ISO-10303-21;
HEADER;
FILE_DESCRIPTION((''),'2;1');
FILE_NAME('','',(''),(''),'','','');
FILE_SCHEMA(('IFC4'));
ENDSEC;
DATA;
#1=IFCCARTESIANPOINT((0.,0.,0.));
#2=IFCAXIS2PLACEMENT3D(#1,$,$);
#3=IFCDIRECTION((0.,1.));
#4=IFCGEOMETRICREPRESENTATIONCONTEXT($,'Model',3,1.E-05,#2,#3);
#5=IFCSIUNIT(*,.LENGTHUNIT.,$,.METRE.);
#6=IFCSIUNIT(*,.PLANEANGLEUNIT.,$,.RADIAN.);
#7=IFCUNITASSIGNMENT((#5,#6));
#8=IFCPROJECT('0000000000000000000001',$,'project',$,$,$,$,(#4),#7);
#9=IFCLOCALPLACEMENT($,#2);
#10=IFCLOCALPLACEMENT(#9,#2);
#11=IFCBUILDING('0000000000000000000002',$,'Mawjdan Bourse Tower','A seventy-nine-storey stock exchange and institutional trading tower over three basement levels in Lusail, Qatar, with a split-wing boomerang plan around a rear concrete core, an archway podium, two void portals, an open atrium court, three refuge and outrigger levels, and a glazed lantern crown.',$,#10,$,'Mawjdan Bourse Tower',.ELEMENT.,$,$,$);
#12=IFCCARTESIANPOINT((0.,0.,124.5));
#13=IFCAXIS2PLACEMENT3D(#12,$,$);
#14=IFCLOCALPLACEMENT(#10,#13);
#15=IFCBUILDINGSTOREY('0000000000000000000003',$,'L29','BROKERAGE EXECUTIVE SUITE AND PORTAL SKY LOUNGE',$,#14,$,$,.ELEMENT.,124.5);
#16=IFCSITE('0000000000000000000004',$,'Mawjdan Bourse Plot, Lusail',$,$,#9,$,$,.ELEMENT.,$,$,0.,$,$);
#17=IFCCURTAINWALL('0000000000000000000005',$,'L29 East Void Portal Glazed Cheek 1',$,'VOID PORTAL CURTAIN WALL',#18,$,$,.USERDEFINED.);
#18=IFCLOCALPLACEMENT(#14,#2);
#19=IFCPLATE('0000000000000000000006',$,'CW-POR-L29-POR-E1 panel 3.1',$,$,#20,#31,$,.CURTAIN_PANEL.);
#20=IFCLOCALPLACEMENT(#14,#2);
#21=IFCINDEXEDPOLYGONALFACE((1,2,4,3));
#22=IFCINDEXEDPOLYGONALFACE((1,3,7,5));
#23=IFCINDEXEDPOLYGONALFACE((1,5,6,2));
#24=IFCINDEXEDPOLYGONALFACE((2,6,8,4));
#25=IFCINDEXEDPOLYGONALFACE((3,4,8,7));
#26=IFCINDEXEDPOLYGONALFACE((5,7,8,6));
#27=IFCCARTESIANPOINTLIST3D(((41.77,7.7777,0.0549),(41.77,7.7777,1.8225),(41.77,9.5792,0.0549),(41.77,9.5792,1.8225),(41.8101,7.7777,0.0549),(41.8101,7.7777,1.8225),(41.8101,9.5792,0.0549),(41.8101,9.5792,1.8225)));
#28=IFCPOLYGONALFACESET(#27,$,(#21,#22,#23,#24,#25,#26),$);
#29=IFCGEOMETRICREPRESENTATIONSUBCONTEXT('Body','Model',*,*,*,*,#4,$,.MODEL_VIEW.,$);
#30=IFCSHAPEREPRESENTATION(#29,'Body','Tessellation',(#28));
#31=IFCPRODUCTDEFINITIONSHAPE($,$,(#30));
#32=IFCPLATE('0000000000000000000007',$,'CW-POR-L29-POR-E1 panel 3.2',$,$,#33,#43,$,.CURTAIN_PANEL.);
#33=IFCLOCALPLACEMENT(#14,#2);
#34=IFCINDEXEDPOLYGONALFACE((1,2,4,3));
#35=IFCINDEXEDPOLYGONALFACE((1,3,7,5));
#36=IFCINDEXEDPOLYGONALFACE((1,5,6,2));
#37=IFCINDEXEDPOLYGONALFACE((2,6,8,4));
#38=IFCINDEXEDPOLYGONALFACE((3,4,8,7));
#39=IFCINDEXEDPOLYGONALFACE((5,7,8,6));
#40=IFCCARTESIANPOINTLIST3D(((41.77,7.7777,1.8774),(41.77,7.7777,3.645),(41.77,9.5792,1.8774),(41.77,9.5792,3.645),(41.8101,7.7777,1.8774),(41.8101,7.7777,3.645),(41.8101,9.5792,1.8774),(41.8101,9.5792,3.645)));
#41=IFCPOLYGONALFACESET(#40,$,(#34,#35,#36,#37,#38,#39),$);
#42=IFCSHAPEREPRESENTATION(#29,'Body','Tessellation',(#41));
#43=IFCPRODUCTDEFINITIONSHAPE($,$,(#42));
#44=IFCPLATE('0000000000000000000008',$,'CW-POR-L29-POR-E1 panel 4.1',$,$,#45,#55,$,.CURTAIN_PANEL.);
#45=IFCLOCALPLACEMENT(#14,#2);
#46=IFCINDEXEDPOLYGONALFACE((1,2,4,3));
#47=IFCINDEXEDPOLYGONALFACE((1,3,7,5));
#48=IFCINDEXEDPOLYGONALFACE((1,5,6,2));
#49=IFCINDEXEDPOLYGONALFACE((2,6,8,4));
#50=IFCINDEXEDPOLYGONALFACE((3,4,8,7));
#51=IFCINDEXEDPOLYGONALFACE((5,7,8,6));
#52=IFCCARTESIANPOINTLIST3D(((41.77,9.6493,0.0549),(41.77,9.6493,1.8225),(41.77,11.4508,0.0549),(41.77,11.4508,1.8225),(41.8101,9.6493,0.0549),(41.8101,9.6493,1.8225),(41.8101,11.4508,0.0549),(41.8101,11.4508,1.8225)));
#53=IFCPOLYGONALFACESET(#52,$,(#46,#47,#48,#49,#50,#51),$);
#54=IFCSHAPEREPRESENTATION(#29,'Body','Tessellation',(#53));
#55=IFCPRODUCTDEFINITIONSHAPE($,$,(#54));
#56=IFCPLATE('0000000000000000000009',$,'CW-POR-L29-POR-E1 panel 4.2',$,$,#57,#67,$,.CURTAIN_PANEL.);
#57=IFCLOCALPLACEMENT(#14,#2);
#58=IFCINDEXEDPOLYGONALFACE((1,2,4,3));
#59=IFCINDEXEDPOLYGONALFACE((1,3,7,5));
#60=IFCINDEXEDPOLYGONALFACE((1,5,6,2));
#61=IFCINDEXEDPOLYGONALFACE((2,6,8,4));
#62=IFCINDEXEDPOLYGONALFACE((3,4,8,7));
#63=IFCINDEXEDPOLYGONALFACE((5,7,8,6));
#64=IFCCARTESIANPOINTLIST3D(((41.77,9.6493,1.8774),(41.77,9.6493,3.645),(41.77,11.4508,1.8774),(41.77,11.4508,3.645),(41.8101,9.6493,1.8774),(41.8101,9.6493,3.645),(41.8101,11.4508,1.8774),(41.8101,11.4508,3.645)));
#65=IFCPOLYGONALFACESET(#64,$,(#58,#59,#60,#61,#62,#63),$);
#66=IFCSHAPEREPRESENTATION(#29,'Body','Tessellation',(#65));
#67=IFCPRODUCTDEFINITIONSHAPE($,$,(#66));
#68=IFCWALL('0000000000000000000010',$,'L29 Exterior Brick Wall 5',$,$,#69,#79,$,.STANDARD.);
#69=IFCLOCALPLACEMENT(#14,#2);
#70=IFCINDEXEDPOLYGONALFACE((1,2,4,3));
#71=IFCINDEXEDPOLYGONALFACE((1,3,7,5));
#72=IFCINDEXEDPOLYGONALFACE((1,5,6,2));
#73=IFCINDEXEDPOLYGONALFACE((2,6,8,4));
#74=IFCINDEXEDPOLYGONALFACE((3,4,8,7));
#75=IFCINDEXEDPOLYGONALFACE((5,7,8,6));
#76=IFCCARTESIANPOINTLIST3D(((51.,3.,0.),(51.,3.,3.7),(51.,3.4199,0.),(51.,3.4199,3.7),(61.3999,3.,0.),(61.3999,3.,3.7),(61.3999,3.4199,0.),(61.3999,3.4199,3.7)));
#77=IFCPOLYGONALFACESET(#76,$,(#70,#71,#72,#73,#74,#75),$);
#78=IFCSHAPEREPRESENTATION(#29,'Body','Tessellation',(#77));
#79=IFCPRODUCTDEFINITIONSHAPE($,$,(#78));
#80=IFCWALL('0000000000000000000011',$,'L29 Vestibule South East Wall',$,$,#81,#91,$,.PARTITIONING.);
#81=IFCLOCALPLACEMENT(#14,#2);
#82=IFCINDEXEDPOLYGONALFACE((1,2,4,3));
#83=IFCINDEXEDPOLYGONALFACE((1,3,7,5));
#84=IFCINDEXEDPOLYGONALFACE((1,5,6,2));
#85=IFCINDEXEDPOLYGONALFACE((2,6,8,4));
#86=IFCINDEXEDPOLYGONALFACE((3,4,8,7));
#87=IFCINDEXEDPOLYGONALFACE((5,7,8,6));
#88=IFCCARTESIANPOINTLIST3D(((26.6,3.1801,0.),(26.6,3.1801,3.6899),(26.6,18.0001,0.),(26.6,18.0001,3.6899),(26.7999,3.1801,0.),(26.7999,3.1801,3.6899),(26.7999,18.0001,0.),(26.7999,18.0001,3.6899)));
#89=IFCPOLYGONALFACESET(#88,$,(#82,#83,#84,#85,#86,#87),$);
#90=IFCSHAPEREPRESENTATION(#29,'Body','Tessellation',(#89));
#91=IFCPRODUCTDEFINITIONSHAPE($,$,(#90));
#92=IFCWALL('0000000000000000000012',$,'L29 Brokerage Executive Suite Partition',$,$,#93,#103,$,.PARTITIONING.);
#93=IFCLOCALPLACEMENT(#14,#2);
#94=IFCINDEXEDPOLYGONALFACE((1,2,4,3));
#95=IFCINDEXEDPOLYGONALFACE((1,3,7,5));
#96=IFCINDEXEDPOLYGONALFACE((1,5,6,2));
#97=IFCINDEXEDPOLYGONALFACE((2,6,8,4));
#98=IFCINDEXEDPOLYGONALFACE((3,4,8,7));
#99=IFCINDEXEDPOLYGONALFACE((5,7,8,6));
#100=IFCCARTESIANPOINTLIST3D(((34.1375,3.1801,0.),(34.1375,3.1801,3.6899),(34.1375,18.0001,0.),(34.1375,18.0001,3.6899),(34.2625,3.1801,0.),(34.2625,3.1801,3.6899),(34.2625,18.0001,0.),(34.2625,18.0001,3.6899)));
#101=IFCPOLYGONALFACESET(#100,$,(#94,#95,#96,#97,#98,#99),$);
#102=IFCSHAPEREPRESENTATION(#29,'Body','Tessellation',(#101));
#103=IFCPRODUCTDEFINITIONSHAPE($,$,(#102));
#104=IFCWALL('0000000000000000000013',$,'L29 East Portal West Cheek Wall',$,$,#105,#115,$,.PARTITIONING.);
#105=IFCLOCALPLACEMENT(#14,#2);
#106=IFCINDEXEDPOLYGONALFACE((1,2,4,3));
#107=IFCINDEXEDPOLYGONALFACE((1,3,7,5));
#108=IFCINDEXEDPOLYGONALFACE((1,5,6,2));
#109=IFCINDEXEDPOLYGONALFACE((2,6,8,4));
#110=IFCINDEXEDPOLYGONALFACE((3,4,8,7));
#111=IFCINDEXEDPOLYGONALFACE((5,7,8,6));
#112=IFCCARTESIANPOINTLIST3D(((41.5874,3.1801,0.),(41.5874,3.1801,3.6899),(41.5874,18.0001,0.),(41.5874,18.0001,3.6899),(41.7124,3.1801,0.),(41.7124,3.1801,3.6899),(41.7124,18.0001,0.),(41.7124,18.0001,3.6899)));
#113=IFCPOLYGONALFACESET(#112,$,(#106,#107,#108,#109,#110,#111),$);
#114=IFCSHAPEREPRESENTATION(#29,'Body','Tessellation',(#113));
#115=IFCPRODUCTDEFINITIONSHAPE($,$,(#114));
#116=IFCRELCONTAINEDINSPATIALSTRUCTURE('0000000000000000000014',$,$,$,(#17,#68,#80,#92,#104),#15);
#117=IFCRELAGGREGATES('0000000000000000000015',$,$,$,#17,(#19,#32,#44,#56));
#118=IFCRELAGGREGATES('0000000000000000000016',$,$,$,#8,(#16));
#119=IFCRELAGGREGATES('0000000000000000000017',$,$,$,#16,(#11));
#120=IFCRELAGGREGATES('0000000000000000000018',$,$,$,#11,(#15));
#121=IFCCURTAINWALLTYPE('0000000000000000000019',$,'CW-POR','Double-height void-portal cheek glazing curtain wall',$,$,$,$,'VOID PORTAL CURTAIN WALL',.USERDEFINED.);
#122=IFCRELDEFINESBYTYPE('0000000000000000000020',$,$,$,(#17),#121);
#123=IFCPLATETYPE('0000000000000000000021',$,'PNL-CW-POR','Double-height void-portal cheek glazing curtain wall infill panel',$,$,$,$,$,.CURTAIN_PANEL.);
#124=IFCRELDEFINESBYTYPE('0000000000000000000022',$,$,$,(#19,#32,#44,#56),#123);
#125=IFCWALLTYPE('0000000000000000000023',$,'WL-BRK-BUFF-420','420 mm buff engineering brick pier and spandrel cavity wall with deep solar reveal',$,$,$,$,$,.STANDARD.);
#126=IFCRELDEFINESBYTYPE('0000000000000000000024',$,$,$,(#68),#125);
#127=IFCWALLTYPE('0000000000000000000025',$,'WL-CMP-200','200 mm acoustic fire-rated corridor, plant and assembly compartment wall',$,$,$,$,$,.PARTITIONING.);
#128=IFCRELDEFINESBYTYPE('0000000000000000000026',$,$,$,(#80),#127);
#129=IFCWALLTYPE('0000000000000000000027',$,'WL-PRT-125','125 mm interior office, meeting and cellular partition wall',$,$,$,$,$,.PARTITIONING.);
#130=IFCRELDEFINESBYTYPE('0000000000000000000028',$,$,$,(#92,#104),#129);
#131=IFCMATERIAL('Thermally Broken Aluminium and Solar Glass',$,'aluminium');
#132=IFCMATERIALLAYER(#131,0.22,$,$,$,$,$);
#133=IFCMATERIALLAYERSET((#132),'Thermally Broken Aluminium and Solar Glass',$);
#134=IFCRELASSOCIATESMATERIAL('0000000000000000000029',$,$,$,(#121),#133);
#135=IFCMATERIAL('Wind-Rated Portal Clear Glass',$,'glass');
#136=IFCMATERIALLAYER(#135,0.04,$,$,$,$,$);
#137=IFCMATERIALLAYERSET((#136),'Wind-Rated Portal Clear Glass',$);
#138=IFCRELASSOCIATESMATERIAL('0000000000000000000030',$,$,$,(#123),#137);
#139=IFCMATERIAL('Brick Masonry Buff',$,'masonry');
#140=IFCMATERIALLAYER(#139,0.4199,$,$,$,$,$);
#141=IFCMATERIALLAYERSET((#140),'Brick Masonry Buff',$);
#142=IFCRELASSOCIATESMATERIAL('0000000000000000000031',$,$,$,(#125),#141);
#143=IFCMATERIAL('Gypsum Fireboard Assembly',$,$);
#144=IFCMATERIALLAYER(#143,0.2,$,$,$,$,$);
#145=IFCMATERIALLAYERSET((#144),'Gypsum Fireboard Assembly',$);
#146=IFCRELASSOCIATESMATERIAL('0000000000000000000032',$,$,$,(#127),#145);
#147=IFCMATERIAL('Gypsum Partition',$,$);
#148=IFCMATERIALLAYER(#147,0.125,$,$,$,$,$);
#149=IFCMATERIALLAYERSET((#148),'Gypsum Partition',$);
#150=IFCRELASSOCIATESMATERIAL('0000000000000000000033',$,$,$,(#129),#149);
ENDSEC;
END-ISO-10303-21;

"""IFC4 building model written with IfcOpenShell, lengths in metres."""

from ifc_helpers import new_model, si_unit, direction, frame, frame_2d, origin, origin_2d, place, context, subcontext, project, spatial, rectangle, extrude, material, layer, layer_set, type_object, element, aggregate, save


model = new_model("IFC4")

# Units and contexts
model_context = context("Model", 3, precision=1e-05, world=origin(), true_north=direction((0.0, 1.0)))
body_context = subcontext(model_context, "Body", "Model", "MODEL_VIEW")
ifc_project = project(units=[si_unit("LENGTHUNIT", "METRE"), si_unit("PLANEANGLEUNIT", "RADIAN")], contexts=[model_context])

# Site, building, storey
site_placement = place(None, origin())
site = spatial("IfcSite", under=ifc_project, at=site_placement, Name="Mawjdan Bourse Plot, Lusail", CompositionType="ELEMENT", RefElevation=0.0)
building_placement = place(site_placement, origin())
building = spatial("IfcBuilding", under=site, at=building_placement, Name="Mawjdan Bourse Tower", Description="A seventy-nine-storey stock exchange and institutional trading tower over three basement levels in Lusail, Qatar, with a split-wing boomerang plan around a rear concrete core, an archway podium, two void portals, an open atrium court, three refuge and outrigger levels, and a glazed lantern crown.", LongName="Mawjdan Bourse Tower", CompositionType="ELEMENT")
storey_placement = place(building_placement, frame((0.0, 0.0, 124.5)))
storey = spatial("IfcBuildingStorey", under=building, at=storey_placement, Name="L29", Description="BROKERAGE EXECUTIVE SUITE AND PORTAL SKY LOUNGE", CompositionType="ELEMENT", Elevation=124.5)

# Curtain wall
ifc_material_1 = material(Name="Thermally Broken Aluminium and Solar Glass", Category="aluminium")
ifc_layer_1 = layer(ifc_material_1, 0.22)
ifc_layer_set_1 = layer_set([ifc_layer_1], Name="Thermally Broken Aluminium and Solar Glass")
curtain_wall_type = type_object("IfcCurtainWallType", Name="CW-POR", Description="Double-height void-portal cheek glazing curtain wall", ElementType="VOID PORTAL CURTAIN WALL", PredefinedType="USERDEFINED", material=ifc_layer_set_1)
curtain_wall_placement = place(storey_placement, origin())
curtain_wall = element("IfcCurtainWall", 1, at=curtain_wall_placement, inside=storey, type_object=curtain_wall_type, Name="L29 East Void Portal Glazed Cheek 1", ObjectType="VOID PORTAL CURTAIN WALL", PredefinedType="USERDEFINED")

# Plates
ifc_material_2 = material(Name="Wind-Rated Portal Clear Glass", Category="glass")
ifc_layer_2 = layer(ifc_material_2, 0.04)
ifc_layer_set_2 = layer_set([ifc_layer_2], Name="Wind-Rated Portal Clear Glass")
plate_type = type_object("IfcPlateType", Name="PNL-CW-POR", Description="Double-height void-portal cheek glazing curtain wall infill panel", PredefinedType="CURTAIN_PANEL", material=ifc_layer_set_2)
plate_1_placement = place(storey_placement, frame((41.79, 8.6785, 0.0549), z_axis=(0.0, 0.0, 1.0), x_axis=(0.0, 1.0, 0.0)))
plate_1 = element("IfcPlate", 2, at=plate_1_placement, type_object=plate_type, Name="CW-POR-L29-POR-E1 panel 3.1", PredefinedType="CURTAIN_PANEL", context=body_context, shape_type="SweptSolid", body=[
    extrude(rectangle(XDim=1.8015, YDim=0.04, at=origin_2d()), origin(), (0.0, 0.0, 1.0), 1.7676),
])
plate_2_placement = place(storey_placement, frame((41.79, 8.6785, 1.8774), z_axis=(0.0, 0.0, 1.0), x_axis=(0.0, 1.0, 0.0)))
plate_2 = element("IfcPlate", 3, at=plate_2_placement, type_object=plate_type, Name="CW-POR-L29-POR-E1 panel 3.2", PredefinedType="CURTAIN_PANEL", context=body_context, shape_type="SweptSolid", body=[
    extrude(rectangle(XDim=1.8015, YDim=0.04, at=origin_2d()), origin(), (0.0, 0.0, 1.0), 1.7676),
])
plate_3_placement = place(storey_placement, frame((41.79, 10.55, 0.0549), z_axis=(0.0, 0.0, 1.0), x_axis=(0.0, 1.0, 0.0)))
plate_3 = element("IfcPlate", 4, at=plate_3_placement, type_object=plate_type, Name="CW-POR-L29-POR-E1 panel 4.1", PredefinedType="CURTAIN_PANEL", context=body_context, shape_type="SweptSolid", body=[
    extrude(rectangle(XDim=1.8015, YDim=0.04, at=origin_2d()), origin(), (0.0, 0.0, 1.0), 1.7676),
])
plate_4_placement = place(storey_placement, frame((41.79, 10.55, 1.8774), z_axis=(0.0, 0.0, 1.0), x_axis=(0.0, 1.0, 0.0)))
plate_4 = element("IfcPlate", 5, at=plate_4_placement, type_object=plate_type, Name="CW-POR-L29-POR-E1 panel 4.2", PredefinedType="CURTAIN_PANEL", context=body_context, shape_type="SweptSolid", body=[
    extrude(rectangle(XDim=1.8015, YDim=0.04, at=origin_2d()), origin(), (0.0, 0.0, 1.0), 1.7676),
])
aggregate(curtain_wall, [plate_1, plate_2, plate_3, plate_4])

# Walls
ifc_material_3 = material(Name="Brick Masonry Buff", Category="masonry")
ifc_layer_3 = layer(ifc_material_3, 0.4199)
ifc_layer_set_3 = layer_set([ifc_layer_3], Name="Brick Masonry Buff")
wall_type_1 = type_object("IfcWallType", Name="WL-BRK-BUFF-420", Description="420 mm buff engineering brick pier and spandrel cavity wall with deep solar reveal", PredefinedType="STANDARD", material=ifc_layer_set_3)
wall_1_placement = place(storey_placement, frame((51.0, 3.21, 0.0), z_axis=(0.0, 0.0, 1.0), x_axis=(1.0, 0.0, 0.0)))
element("IfcWall", 6, at=wall_1_placement, inside=storey, type_object=wall_type_1, Name="L29 Exterior Brick Wall 5", PredefinedType="STANDARD", context=body_context, shape_type="SweptSolid", body=[
    extrude(rectangle(XDim=10.3999, YDim=0.4199, at=frame_2d((5.2, 0.0))), origin(), (0.0, 0.0, 1.0), 3.7),
])
ifc_material_4 = material(Name="Gypsum Fireboard Assembly")
ifc_layer_4 = layer(ifc_material_4, 0.2)
ifc_layer_set_4 = layer_set([ifc_layer_4], Name="Gypsum Fireboard Assembly")
wall_type_2 = type_object("IfcWallType", Name="WL-CMP-200", Description="200 mm acoustic fire-rated corridor, plant and assembly compartment wall", PredefinedType="PARTITIONING", material=ifc_layer_set_4)
wall_2_placement = place(storey_placement, frame((26.7, 3.1799, 0.0), z_axis=(0.0, 0.0, 1.0), x_axis=(0.0, 1.0, 0.0)))
element("IfcWall", 7, at=wall_2_placement, inside=storey, type_object=wall_type_2, Name="L29 Vestibule South East Wall", PredefinedType="PARTITIONING", context=body_context, shape_type="SweptSolid", body=[
    extrude(rectangle(XDim=14.8201, YDim=0.2, at=frame_2d((7.4102, 0.0))), origin(), (0.0, 0.0, 1.0), 3.6899),
])
ifc_material_5 = material(Name="Gypsum Partition")
ifc_layer_5 = layer(ifc_material_5, 0.125)
ifc_layer_set_5 = layer_set([ifc_layer_5], Name="Gypsum Partition")
wall_type_3 = type_object("IfcWallType", Name="WL-PRT-125", Description="125 mm interior office, meeting and cellular partition wall", PredefinedType="PARTITIONING", material=ifc_layer_set_5)
for number, where, z_axis, x_axis, name in (
    (8, (34.2, 3.1799, 0.0), (0.0, 0.0, 1.0), (0.0, 1.0, 0.0), "L29 Brokerage Executive Suite Partition"),
    (9, (41.6499, 3.1799, 0.0), (0.0, 0.0, 1.0), (0.0, 1.0, 0.0), "L29 East Portal West Cheek Wall"),
):
    element("IfcWall", number, at=place(storey_placement, frame(where, z_axis=z_axis, x_axis=x_axis)), inside=storey, type_object=wall_type_3, Name=name, PredefinedType="PARTITIONING", context=body_context, shape_type="SweptSolid", body=[
        extrude(rectangle(XDim=14.8201, YDim=0.125, at=frame_2d((7.4102, 0.0))), origin(), (0.0, 0.0, 1.0), 3.6899),
    ])

save(model, "model.ifc")
